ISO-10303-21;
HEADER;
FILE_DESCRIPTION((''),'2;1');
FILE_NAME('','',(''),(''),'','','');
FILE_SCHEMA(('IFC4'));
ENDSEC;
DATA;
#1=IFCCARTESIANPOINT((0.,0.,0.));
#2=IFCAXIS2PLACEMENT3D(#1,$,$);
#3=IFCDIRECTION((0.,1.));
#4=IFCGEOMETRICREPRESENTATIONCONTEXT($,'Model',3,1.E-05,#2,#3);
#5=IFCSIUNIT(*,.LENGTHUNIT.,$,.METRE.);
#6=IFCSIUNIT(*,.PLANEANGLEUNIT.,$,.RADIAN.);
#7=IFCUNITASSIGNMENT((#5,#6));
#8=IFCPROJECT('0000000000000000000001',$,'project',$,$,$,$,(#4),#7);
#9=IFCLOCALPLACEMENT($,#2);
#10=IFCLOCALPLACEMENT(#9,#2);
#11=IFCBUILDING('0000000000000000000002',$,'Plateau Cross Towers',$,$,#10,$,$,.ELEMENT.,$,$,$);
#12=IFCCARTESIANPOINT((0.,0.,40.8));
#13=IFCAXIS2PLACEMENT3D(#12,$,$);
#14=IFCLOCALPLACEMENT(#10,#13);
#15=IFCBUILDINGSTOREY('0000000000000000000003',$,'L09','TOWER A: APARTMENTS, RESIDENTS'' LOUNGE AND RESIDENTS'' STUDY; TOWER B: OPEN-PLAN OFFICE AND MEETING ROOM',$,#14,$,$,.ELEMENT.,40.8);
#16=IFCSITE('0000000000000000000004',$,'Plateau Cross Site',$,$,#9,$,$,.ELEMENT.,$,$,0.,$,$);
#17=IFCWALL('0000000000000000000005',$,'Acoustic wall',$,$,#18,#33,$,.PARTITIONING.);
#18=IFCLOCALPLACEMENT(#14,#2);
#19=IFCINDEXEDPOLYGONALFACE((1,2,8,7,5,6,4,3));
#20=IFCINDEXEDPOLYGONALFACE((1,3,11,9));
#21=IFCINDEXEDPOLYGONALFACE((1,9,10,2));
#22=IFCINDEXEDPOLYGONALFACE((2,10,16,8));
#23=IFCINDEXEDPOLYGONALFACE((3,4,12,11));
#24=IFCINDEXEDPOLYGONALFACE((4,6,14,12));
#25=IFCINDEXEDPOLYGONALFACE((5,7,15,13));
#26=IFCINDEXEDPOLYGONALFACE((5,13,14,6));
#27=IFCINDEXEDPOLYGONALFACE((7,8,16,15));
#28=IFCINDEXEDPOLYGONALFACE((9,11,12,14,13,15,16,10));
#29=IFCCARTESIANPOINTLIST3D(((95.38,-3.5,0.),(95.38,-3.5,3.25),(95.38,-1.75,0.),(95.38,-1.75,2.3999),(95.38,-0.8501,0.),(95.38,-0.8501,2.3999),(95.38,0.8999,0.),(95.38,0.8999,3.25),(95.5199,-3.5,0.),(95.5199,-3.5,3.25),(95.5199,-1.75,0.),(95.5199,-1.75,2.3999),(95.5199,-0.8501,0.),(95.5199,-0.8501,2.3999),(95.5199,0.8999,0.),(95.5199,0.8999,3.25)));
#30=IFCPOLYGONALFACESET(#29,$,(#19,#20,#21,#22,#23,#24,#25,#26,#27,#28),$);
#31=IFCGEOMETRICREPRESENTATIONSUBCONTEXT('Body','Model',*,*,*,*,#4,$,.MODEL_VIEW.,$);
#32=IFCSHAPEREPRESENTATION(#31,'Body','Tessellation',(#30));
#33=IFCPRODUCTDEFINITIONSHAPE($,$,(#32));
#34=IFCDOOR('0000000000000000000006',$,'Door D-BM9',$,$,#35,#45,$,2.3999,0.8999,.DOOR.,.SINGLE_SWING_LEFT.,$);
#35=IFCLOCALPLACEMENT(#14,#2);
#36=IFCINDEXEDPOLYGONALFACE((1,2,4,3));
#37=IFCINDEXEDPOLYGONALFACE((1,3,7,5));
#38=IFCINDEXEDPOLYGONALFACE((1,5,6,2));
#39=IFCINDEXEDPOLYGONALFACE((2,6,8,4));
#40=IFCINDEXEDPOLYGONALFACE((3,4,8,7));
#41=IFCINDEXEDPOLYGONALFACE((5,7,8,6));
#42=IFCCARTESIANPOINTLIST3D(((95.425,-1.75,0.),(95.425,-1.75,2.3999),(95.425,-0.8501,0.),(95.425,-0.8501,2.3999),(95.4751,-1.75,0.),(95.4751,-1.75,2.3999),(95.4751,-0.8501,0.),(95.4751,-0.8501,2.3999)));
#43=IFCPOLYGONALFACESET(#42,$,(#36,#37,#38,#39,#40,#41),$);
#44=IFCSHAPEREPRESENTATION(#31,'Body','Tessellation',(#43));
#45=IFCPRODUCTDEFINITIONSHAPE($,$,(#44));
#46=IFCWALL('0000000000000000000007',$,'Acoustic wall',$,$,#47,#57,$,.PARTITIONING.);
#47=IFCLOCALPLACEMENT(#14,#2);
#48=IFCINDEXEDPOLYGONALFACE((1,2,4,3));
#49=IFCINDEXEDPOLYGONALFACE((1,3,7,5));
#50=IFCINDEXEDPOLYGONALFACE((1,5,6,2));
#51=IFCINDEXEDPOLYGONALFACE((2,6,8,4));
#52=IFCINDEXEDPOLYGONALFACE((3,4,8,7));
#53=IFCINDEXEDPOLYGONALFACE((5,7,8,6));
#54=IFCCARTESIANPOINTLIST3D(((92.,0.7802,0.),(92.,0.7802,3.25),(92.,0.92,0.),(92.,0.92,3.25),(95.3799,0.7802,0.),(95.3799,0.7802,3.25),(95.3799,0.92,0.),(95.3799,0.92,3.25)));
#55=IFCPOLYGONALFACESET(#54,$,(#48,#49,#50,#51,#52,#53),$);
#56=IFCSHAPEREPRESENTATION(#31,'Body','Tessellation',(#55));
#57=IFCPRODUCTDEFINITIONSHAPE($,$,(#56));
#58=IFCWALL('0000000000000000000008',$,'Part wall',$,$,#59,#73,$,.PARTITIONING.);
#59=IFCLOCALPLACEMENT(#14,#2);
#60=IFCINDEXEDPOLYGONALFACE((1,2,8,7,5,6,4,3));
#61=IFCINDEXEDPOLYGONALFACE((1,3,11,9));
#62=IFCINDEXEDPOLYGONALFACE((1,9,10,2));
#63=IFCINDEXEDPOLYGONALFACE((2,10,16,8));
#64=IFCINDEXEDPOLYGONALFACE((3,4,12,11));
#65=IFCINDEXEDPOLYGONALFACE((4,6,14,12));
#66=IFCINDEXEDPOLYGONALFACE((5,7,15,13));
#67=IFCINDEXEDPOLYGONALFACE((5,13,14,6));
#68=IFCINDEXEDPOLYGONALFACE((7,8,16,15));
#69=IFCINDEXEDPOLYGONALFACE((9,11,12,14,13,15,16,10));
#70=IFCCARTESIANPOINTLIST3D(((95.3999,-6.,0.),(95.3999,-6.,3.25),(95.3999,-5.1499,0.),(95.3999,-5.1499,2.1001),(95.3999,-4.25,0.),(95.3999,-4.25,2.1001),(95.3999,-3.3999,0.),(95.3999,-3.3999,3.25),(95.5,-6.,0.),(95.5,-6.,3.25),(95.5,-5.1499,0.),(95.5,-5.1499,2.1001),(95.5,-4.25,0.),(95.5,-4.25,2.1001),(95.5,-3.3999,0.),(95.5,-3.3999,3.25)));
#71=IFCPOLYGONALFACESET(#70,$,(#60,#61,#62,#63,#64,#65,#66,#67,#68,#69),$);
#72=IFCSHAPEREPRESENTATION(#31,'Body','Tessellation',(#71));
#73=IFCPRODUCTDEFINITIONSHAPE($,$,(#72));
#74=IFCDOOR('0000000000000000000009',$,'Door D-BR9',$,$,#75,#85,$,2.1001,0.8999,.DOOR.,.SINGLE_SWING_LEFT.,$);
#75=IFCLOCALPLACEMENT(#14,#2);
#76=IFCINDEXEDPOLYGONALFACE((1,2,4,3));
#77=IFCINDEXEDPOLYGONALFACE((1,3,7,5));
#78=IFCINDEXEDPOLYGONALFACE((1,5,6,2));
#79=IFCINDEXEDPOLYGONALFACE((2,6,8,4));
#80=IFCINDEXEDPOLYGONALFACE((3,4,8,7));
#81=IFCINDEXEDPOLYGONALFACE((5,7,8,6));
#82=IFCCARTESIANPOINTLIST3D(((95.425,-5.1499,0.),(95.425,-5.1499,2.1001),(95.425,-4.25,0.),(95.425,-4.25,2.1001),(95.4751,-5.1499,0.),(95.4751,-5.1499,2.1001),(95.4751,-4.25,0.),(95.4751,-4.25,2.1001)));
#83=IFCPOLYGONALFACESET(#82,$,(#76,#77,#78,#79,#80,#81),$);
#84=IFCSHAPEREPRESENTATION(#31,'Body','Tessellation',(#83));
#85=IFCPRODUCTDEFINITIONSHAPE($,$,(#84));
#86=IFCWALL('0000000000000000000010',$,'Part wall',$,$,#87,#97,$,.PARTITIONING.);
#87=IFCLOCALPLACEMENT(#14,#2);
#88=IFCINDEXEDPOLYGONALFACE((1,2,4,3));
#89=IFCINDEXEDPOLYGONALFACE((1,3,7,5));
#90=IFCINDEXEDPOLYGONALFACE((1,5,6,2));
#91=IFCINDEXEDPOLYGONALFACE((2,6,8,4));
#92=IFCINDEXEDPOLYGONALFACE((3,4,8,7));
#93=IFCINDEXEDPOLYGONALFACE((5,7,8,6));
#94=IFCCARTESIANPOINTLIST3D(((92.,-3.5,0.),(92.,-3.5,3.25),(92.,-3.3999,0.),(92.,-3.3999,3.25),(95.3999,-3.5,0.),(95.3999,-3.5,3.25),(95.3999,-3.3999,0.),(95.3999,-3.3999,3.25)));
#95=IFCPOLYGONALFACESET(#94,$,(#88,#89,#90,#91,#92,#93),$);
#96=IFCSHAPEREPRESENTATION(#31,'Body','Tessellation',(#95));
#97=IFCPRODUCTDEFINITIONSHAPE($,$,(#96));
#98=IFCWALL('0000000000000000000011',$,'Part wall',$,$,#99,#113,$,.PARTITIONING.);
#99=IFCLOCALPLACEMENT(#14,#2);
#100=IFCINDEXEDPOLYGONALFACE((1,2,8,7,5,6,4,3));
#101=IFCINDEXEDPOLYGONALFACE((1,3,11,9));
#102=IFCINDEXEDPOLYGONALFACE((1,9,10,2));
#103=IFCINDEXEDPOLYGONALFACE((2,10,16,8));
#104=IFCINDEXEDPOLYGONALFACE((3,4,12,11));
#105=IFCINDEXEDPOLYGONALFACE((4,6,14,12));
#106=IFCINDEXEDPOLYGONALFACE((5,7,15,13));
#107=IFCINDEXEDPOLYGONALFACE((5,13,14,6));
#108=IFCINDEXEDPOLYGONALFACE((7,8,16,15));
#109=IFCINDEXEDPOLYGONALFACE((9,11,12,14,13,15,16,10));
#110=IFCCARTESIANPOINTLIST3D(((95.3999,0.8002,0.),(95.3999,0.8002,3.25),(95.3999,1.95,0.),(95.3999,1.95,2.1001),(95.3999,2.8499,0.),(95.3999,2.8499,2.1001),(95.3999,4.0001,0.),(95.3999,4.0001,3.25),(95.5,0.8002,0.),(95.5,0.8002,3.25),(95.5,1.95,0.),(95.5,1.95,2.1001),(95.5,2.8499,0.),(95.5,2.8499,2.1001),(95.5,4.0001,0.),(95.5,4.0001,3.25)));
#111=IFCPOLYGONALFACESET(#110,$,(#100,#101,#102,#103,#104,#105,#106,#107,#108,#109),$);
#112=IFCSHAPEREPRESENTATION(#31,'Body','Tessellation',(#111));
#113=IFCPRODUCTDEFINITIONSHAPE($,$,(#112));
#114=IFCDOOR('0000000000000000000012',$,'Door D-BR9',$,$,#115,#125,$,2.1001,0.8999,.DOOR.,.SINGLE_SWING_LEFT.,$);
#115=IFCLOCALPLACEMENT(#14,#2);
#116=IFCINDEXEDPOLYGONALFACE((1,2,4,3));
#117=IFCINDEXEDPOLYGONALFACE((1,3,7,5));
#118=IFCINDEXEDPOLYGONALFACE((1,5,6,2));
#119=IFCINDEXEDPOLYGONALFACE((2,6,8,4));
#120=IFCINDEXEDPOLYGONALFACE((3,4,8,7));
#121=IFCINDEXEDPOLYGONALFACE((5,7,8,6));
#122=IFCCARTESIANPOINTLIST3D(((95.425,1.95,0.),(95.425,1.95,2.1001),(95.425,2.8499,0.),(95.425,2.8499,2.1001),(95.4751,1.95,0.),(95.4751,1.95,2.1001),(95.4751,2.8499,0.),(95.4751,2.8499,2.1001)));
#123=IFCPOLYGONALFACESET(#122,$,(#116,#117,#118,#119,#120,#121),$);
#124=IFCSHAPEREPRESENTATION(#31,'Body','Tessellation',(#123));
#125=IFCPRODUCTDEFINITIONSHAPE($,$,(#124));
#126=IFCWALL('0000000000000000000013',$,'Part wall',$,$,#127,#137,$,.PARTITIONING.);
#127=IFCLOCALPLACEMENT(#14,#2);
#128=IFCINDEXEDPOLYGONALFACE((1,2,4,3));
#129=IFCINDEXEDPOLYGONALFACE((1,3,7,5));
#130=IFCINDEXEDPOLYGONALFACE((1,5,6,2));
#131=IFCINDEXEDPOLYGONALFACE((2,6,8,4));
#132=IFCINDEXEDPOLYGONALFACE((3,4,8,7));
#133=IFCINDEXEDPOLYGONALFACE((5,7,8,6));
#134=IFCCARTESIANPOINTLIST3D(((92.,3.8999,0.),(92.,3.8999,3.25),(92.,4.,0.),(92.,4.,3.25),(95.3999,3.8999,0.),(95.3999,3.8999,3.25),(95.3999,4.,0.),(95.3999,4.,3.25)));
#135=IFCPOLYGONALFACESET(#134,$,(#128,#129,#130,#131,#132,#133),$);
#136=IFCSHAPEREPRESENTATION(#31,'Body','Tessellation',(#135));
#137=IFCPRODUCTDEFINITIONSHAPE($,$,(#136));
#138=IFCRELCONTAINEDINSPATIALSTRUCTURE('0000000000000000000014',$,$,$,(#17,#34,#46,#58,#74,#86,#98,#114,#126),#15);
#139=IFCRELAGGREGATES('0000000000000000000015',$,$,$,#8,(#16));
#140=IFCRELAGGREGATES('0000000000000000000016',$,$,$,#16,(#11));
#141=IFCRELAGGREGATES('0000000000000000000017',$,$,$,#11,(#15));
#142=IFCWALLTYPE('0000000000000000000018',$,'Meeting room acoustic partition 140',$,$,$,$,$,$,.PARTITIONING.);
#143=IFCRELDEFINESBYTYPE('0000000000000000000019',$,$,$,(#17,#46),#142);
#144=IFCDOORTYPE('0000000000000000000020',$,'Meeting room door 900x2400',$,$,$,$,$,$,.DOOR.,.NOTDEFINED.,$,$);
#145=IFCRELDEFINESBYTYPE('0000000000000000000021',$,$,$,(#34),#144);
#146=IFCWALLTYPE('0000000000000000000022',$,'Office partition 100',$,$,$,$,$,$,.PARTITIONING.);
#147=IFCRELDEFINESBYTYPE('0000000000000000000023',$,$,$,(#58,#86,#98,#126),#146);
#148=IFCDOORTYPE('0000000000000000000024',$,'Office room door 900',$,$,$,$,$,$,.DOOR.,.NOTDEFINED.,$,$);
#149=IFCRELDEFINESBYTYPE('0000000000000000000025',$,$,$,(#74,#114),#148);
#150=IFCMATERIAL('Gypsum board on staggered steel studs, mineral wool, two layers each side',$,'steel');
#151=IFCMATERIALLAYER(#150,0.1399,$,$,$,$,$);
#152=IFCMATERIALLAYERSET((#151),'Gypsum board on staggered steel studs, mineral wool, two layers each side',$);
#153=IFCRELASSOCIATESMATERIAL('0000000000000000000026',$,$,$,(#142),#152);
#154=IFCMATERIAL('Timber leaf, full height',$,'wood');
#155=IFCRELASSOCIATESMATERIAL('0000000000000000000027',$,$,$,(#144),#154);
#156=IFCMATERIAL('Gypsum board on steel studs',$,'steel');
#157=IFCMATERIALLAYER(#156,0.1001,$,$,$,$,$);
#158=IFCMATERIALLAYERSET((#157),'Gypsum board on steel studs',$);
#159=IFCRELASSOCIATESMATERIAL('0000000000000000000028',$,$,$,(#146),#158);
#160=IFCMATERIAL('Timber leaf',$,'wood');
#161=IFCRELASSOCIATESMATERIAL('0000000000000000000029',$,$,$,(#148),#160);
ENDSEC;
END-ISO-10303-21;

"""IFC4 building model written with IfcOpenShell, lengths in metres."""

from ifc_helpers import new_model, si_unit, direction, frame, frame_2d, origin, place, context, subcontext, project, spatial, rectangle, extrude, material, layer, layer_set, type_object, element, fill, save


model = new_model("IFC4")

# Units and contexts
model_context = context("Model", 3, precision=1e-05, world=origin(), true_north=direction((0.0, 1.0)))
body_context = subcontext(model_context, "Body", "Model", "MODEL_VIEW")
ifc_project = project(units=[si_unit("LENGTHUNIT", "METRE"), si_unit("PLANEANGLEUNIT", "RADIAN")], contexts=[model_context])

# Site, building, storey
site_placement = place(None, origin())
site = spatial("IfcSite", under=ifc_project, at=site_placement, Name="Plateau Cross Site", CompositionType="ELEMENT", RefElevation=0.0)
building_placement = place(site_placement, origin())
building = spatial("IfcBuilding", under=site, at=building_placement, Name="Plateau Cross Towers", CompositionType="ELEMENT")
storey_placement = place(building_placement, frame((0.0, 0.0, 40.8)))
storey = spatial("IfcBuildingStorey", under=building, at=storey_placement, Name="L09", Description="TOWER A: APARTMENTS, RESIDENTS' LOUNGE AND RESIDENTS' STUDY; TOWER B: OPEN-PLAN OFFICE AND MEETING ROOM", CompositionType="ELEMENT", Elevation=40.8)

# Wall, opening, door
ifc_material_1 = material(Name="Gypsum board on staggered steel studs, mineral wool, two layers each side", Category="steel")
ifc_layer_1 = layer(ifc_material_1, 0.1399)
ifc_layer_set_1 = layer_set([ifc_layer_1], Name="Gypsum board on staggered steel studs, mineral wool, two layers each side")
wall_type_1 = type_object("IfcWallType", Name="Meeting room acoustic partition 140", PredefinedType="PARTITIONING", material=ifc_layer_set_1)
wall_1_placement = place(storey_placement, frame((95.45, -3.5, 0.0), z_axis=(0.0, 0.0, 1.0), x_axis=(0.0, 1.0, 0.0)))
wall_1 = element("IfcWall", 1, at=wall_1_placement, inside=storey, type_object=wall_type_1, Name="Acoustic wall", PredefinedType="PARTITIONING", context=body_context, shape_type="SweptSolid", body=[
    extrude(rectangle(XDim=4.3999, YDim=0.1399, at=frame_2d((2.2, 0.0))), origin(), (0.0, 0.0, 1.0), 3.25),
])
opening_1_placement = place(wall_1_placement, frame((1.75, 0.0, 0.0)))
opening_1 = element("IfcOpeningElement", 2, at=opening_1_placement, cuts=wall_1, PredefinedType="OPENING", context=body_context, shape_type="SweptSolid", body=[
    extrude(rectangle(XDim=0.8999, YDim=2.3999, at=frame_2d((0.45, 1.2))), frame((0.0, 0.0798, 0.0), z_axis=(0.0, -1.0, 0.0), x_axis=(1.0, 0.0, 0.0)), (0.0, 0.0, 1.0), 0.1599),
])
ifc_material_2 = material(Name="Timber leaf, full height", Category="wood")
door_type_1 = type_object("IfcDoorType", Name="Meeting room door 900x2400", OperationType="NOTDEFINED", PredefinedType="DOOR", material=ifc_material_2)
door_1_placement = place(opening_1_placement, origin())
door_1 = element("IfcDoor", 3, at=door_1_placement, inside=storey, type_object=door_type_1, Name="Door D-BM9", OperationType="SINGLE_SWING_LEFT", OverallHeight=2.3999, OverallWidth=0.8999, PredefinedType="DOOR", context=body_context, shape_type="SweptSolid", body=[
    extrude(rectangle(XDim=0.8999, YDim=2.3999, at=frame_2d((0.45, 1.2))), frame((0.0, 0.0249, 0.0), z_axis=(0.0, -1.0, 0.0), x_axis=(1.0, 0.0, 0.0)), (0.0, 0.0, 1.0), 0.05),
])
fill(opening_1, door_1)

# Wall
wall_2_placement = place(storey_placement, frame((92.0, 0.8501, 0.0), z_axis=(0.0, 0.0, 1.0), x_axis=(1.0, 0.0, 0.0)))
element("IfcWall", 4, at=wall_2_placement, inside=storey, type_object=wall_type_1, Name="Acoustic wall", PredefinedType="PARTITIONING", context=body_context, shape_type="SweptSolid", body=[
    extrude(rectangle(XDim=3.3799, YDim=0.1399, at=frame_2d((1.6899, 0.0))), origin(), (0.0, 0.0, 1.0), 3.25),
])

# Wall, opening, door
ifc_material_3 = material(Name="Gypsum board on steel studs", Category="steel")
ifc_layer_2 = layer(ifc_material_3, 0.1001)
ifc_layer_set_2 = layer_set([ifc_layer_2], Name="Gypsum board on steel studs")
wall_type_2 = type_object("IfcWallType", Name="Office partition 100", PredefinedType="PARTITIONING", material=ifc_layer_set_2)
wall_3_placement = place(storey_placement, frame((95.45, -6.0, 0.0), z_axis=(0.0, 0.0, 1.0), x_axis=(0.0, 1.0, 0.0)))
wall_3 = element("IfcWall", 5, at=wall_3_placement, inside=storey, type_object=wall_type_2, Name="Part wall", PredefinedType="PARTITIONING", context=body_context, shape_type="SweptSolid", body=[
    extrude(rectangle(XDim=2.6001, YDim=0.1001, at=frame_2d((1.3, 0.0))), origin(), (0.0, 0.0, 1.0), 3.25),
])
opening_2_placement = place(wall_3_placement, frame((0.8501, 0.0, 0.0)))
opening_2 = element("IfcOpeningElement", 6, at=opening_2_placement, cuts=wall_3, PredefinedType="OPENING", context=body_context, shape_type="SweptSolid", body=[
    extrude(rectangle(XDim=0.8999, YDim=2.1001, at=frame_2d((0.45, 1.05))), frame((0.0, 0.0601, 0.0), z_axis=(0.0, -1.0, 0.0), x_axis=(1.0, 0.0, 0.0)), (0.0, 0.0, 1.0), 0.1201),
])
ifc_material_4 = material(Name="Timber leaf", Category="wood")
door_type_2 = type_object("IfcDoorType", Name="Office room door 900", OperationType="NOTDEFINED", PredefinedType="DOOR", material=ifc_material_4)
door_2_placement = place(opening_2_placement, origin())
door_2 = element("IfcDoor", 7, at=door_2_placement, inside=storey, type_object=door_type_2, Name="Door D-BR9", OperationType="SINGLE_SWING_LEFT", OverallHeight=2.1001, OverallWidth=0.8999, PredefinedType="DOOR", context=body_context, shape_type="SweptSolid", body=[
    extrude(rectangle(XDim=0.8999, YDim=2.1001, at=frame_2d((0.45, 1.05))), frame((0.0, 0.0249, 0.0), z_axis=(0.0, -1.0, 0.0), x_axis=(1.0, 0.0, 0.0)), (0.0, 0.0, 1.0), 0.05),
])
fill(opening_2, door_2)

# Wall
wall_4_placement = place(storey_placement, frame((92.0, -3.45, 0.0), z_axis=(0.0, 0.0, 1.0), x_axis=(1.0, 0.0, 0.0)))
element("IfcWall", 8, at=wall_4_placement, inside=storey, type_object=wall_type_2, Name="Part wall", PredefinedType="PARTITIONING", context=body_context, shape_type="SweptSolid", body=[
    extrude(rectangle(XDim=3.3999, YDim=0.1001, at=frame_2d((1.7, 0.0))), origin(), (0.0, 0.0, 1.0), 3.25),
])

# Wall, opening, door
wall_5_placement = place(storey_placement, frame((95.45, 0.8, 0.0), z_axis=(0.0, 0.0, 1.0), x_axis=(0.0, 1.0, 0.0)))
wall_5 = element("IfcWall", 9, at=wall_5_placement, inside=storey, type_object=wall_type_2, Name="Part wall", PredefinedType="PARTITIONING", context=body_context, shape_type="SweptSolid", body=[
    extrude(rectangle(XDim=3.2, YDim=0.1001, at=frame_2d((1.6001, 0.0))), origin(), (0.0, 0.0, 1.0), 3.25),
])
opening_3_placement = place(wall_5_placement, frame((1.1499, 0.0, 0.0)))
opening_3 = element("IfcOpeningElement", 10, at=opening_3_placement, cuts=wall_5, PredefinedType="OPENING", context=body_context, shape_type="SweptSolid", body=[
    extrude(rectangle(XDim=0.8999, YDim=2.1001, at=frame_2d((0.45, 1.05))), frame((0.0, 0.0601, 0.0), z_axis=(0.0, -1.0, 0.0), x_axis=(1.0, 0.0, 0.0)), (0.0, 0.0, 1.0), 0.1201),
])
door_3_placement = place(opening_3_placement, origin())
door_3 = element("IfcDoor", 11, at=door_3_placement, inside=storey, type_object=door_type_2, Name="Door D-BR9", OperationType="SINGLE_SWING_LEFT", OverallHeight=2.1001, OverallWidth=0.8999, PredefinedType="DOOR", context=body_context, shape_type="SweptSolid", body=[
    extrude(rectangle(XDim=0.8999, YDim=2.1001, at=frame_2d((0.45, 1.05))), frame((0.0, 0.0249, 0.0), z_axis=(0.0, -1.0, 0.0), x_axis=(1.0, 0.0, 0.0)), (0.0, 0.0, 1.0), 0.05),
])
fill(opening_3, door_3)

# Wall
wall_6_placement = place(storey_placement, frame((92.0, 3.95, 0.0), z_axis=(0.0, 0.0, 1.0), x_axis=(1.0, 0.0, 0.0)))
element("IfcWall", 12, at=wall_6_placement, inside=storey, type_object=wall_type_2, Name="Part wall", PredefinedType="PARTITIONING", context=body_context, shape_type="SweptSolid", body=[
    extrude(rectangle(XDim=3.3999, YDim=0.1001, at=frame_2d((1.7, 0.0))), origin(), (0.0, 0.0, 1.0), 3.25),
])

save(model, "model.ifc")
